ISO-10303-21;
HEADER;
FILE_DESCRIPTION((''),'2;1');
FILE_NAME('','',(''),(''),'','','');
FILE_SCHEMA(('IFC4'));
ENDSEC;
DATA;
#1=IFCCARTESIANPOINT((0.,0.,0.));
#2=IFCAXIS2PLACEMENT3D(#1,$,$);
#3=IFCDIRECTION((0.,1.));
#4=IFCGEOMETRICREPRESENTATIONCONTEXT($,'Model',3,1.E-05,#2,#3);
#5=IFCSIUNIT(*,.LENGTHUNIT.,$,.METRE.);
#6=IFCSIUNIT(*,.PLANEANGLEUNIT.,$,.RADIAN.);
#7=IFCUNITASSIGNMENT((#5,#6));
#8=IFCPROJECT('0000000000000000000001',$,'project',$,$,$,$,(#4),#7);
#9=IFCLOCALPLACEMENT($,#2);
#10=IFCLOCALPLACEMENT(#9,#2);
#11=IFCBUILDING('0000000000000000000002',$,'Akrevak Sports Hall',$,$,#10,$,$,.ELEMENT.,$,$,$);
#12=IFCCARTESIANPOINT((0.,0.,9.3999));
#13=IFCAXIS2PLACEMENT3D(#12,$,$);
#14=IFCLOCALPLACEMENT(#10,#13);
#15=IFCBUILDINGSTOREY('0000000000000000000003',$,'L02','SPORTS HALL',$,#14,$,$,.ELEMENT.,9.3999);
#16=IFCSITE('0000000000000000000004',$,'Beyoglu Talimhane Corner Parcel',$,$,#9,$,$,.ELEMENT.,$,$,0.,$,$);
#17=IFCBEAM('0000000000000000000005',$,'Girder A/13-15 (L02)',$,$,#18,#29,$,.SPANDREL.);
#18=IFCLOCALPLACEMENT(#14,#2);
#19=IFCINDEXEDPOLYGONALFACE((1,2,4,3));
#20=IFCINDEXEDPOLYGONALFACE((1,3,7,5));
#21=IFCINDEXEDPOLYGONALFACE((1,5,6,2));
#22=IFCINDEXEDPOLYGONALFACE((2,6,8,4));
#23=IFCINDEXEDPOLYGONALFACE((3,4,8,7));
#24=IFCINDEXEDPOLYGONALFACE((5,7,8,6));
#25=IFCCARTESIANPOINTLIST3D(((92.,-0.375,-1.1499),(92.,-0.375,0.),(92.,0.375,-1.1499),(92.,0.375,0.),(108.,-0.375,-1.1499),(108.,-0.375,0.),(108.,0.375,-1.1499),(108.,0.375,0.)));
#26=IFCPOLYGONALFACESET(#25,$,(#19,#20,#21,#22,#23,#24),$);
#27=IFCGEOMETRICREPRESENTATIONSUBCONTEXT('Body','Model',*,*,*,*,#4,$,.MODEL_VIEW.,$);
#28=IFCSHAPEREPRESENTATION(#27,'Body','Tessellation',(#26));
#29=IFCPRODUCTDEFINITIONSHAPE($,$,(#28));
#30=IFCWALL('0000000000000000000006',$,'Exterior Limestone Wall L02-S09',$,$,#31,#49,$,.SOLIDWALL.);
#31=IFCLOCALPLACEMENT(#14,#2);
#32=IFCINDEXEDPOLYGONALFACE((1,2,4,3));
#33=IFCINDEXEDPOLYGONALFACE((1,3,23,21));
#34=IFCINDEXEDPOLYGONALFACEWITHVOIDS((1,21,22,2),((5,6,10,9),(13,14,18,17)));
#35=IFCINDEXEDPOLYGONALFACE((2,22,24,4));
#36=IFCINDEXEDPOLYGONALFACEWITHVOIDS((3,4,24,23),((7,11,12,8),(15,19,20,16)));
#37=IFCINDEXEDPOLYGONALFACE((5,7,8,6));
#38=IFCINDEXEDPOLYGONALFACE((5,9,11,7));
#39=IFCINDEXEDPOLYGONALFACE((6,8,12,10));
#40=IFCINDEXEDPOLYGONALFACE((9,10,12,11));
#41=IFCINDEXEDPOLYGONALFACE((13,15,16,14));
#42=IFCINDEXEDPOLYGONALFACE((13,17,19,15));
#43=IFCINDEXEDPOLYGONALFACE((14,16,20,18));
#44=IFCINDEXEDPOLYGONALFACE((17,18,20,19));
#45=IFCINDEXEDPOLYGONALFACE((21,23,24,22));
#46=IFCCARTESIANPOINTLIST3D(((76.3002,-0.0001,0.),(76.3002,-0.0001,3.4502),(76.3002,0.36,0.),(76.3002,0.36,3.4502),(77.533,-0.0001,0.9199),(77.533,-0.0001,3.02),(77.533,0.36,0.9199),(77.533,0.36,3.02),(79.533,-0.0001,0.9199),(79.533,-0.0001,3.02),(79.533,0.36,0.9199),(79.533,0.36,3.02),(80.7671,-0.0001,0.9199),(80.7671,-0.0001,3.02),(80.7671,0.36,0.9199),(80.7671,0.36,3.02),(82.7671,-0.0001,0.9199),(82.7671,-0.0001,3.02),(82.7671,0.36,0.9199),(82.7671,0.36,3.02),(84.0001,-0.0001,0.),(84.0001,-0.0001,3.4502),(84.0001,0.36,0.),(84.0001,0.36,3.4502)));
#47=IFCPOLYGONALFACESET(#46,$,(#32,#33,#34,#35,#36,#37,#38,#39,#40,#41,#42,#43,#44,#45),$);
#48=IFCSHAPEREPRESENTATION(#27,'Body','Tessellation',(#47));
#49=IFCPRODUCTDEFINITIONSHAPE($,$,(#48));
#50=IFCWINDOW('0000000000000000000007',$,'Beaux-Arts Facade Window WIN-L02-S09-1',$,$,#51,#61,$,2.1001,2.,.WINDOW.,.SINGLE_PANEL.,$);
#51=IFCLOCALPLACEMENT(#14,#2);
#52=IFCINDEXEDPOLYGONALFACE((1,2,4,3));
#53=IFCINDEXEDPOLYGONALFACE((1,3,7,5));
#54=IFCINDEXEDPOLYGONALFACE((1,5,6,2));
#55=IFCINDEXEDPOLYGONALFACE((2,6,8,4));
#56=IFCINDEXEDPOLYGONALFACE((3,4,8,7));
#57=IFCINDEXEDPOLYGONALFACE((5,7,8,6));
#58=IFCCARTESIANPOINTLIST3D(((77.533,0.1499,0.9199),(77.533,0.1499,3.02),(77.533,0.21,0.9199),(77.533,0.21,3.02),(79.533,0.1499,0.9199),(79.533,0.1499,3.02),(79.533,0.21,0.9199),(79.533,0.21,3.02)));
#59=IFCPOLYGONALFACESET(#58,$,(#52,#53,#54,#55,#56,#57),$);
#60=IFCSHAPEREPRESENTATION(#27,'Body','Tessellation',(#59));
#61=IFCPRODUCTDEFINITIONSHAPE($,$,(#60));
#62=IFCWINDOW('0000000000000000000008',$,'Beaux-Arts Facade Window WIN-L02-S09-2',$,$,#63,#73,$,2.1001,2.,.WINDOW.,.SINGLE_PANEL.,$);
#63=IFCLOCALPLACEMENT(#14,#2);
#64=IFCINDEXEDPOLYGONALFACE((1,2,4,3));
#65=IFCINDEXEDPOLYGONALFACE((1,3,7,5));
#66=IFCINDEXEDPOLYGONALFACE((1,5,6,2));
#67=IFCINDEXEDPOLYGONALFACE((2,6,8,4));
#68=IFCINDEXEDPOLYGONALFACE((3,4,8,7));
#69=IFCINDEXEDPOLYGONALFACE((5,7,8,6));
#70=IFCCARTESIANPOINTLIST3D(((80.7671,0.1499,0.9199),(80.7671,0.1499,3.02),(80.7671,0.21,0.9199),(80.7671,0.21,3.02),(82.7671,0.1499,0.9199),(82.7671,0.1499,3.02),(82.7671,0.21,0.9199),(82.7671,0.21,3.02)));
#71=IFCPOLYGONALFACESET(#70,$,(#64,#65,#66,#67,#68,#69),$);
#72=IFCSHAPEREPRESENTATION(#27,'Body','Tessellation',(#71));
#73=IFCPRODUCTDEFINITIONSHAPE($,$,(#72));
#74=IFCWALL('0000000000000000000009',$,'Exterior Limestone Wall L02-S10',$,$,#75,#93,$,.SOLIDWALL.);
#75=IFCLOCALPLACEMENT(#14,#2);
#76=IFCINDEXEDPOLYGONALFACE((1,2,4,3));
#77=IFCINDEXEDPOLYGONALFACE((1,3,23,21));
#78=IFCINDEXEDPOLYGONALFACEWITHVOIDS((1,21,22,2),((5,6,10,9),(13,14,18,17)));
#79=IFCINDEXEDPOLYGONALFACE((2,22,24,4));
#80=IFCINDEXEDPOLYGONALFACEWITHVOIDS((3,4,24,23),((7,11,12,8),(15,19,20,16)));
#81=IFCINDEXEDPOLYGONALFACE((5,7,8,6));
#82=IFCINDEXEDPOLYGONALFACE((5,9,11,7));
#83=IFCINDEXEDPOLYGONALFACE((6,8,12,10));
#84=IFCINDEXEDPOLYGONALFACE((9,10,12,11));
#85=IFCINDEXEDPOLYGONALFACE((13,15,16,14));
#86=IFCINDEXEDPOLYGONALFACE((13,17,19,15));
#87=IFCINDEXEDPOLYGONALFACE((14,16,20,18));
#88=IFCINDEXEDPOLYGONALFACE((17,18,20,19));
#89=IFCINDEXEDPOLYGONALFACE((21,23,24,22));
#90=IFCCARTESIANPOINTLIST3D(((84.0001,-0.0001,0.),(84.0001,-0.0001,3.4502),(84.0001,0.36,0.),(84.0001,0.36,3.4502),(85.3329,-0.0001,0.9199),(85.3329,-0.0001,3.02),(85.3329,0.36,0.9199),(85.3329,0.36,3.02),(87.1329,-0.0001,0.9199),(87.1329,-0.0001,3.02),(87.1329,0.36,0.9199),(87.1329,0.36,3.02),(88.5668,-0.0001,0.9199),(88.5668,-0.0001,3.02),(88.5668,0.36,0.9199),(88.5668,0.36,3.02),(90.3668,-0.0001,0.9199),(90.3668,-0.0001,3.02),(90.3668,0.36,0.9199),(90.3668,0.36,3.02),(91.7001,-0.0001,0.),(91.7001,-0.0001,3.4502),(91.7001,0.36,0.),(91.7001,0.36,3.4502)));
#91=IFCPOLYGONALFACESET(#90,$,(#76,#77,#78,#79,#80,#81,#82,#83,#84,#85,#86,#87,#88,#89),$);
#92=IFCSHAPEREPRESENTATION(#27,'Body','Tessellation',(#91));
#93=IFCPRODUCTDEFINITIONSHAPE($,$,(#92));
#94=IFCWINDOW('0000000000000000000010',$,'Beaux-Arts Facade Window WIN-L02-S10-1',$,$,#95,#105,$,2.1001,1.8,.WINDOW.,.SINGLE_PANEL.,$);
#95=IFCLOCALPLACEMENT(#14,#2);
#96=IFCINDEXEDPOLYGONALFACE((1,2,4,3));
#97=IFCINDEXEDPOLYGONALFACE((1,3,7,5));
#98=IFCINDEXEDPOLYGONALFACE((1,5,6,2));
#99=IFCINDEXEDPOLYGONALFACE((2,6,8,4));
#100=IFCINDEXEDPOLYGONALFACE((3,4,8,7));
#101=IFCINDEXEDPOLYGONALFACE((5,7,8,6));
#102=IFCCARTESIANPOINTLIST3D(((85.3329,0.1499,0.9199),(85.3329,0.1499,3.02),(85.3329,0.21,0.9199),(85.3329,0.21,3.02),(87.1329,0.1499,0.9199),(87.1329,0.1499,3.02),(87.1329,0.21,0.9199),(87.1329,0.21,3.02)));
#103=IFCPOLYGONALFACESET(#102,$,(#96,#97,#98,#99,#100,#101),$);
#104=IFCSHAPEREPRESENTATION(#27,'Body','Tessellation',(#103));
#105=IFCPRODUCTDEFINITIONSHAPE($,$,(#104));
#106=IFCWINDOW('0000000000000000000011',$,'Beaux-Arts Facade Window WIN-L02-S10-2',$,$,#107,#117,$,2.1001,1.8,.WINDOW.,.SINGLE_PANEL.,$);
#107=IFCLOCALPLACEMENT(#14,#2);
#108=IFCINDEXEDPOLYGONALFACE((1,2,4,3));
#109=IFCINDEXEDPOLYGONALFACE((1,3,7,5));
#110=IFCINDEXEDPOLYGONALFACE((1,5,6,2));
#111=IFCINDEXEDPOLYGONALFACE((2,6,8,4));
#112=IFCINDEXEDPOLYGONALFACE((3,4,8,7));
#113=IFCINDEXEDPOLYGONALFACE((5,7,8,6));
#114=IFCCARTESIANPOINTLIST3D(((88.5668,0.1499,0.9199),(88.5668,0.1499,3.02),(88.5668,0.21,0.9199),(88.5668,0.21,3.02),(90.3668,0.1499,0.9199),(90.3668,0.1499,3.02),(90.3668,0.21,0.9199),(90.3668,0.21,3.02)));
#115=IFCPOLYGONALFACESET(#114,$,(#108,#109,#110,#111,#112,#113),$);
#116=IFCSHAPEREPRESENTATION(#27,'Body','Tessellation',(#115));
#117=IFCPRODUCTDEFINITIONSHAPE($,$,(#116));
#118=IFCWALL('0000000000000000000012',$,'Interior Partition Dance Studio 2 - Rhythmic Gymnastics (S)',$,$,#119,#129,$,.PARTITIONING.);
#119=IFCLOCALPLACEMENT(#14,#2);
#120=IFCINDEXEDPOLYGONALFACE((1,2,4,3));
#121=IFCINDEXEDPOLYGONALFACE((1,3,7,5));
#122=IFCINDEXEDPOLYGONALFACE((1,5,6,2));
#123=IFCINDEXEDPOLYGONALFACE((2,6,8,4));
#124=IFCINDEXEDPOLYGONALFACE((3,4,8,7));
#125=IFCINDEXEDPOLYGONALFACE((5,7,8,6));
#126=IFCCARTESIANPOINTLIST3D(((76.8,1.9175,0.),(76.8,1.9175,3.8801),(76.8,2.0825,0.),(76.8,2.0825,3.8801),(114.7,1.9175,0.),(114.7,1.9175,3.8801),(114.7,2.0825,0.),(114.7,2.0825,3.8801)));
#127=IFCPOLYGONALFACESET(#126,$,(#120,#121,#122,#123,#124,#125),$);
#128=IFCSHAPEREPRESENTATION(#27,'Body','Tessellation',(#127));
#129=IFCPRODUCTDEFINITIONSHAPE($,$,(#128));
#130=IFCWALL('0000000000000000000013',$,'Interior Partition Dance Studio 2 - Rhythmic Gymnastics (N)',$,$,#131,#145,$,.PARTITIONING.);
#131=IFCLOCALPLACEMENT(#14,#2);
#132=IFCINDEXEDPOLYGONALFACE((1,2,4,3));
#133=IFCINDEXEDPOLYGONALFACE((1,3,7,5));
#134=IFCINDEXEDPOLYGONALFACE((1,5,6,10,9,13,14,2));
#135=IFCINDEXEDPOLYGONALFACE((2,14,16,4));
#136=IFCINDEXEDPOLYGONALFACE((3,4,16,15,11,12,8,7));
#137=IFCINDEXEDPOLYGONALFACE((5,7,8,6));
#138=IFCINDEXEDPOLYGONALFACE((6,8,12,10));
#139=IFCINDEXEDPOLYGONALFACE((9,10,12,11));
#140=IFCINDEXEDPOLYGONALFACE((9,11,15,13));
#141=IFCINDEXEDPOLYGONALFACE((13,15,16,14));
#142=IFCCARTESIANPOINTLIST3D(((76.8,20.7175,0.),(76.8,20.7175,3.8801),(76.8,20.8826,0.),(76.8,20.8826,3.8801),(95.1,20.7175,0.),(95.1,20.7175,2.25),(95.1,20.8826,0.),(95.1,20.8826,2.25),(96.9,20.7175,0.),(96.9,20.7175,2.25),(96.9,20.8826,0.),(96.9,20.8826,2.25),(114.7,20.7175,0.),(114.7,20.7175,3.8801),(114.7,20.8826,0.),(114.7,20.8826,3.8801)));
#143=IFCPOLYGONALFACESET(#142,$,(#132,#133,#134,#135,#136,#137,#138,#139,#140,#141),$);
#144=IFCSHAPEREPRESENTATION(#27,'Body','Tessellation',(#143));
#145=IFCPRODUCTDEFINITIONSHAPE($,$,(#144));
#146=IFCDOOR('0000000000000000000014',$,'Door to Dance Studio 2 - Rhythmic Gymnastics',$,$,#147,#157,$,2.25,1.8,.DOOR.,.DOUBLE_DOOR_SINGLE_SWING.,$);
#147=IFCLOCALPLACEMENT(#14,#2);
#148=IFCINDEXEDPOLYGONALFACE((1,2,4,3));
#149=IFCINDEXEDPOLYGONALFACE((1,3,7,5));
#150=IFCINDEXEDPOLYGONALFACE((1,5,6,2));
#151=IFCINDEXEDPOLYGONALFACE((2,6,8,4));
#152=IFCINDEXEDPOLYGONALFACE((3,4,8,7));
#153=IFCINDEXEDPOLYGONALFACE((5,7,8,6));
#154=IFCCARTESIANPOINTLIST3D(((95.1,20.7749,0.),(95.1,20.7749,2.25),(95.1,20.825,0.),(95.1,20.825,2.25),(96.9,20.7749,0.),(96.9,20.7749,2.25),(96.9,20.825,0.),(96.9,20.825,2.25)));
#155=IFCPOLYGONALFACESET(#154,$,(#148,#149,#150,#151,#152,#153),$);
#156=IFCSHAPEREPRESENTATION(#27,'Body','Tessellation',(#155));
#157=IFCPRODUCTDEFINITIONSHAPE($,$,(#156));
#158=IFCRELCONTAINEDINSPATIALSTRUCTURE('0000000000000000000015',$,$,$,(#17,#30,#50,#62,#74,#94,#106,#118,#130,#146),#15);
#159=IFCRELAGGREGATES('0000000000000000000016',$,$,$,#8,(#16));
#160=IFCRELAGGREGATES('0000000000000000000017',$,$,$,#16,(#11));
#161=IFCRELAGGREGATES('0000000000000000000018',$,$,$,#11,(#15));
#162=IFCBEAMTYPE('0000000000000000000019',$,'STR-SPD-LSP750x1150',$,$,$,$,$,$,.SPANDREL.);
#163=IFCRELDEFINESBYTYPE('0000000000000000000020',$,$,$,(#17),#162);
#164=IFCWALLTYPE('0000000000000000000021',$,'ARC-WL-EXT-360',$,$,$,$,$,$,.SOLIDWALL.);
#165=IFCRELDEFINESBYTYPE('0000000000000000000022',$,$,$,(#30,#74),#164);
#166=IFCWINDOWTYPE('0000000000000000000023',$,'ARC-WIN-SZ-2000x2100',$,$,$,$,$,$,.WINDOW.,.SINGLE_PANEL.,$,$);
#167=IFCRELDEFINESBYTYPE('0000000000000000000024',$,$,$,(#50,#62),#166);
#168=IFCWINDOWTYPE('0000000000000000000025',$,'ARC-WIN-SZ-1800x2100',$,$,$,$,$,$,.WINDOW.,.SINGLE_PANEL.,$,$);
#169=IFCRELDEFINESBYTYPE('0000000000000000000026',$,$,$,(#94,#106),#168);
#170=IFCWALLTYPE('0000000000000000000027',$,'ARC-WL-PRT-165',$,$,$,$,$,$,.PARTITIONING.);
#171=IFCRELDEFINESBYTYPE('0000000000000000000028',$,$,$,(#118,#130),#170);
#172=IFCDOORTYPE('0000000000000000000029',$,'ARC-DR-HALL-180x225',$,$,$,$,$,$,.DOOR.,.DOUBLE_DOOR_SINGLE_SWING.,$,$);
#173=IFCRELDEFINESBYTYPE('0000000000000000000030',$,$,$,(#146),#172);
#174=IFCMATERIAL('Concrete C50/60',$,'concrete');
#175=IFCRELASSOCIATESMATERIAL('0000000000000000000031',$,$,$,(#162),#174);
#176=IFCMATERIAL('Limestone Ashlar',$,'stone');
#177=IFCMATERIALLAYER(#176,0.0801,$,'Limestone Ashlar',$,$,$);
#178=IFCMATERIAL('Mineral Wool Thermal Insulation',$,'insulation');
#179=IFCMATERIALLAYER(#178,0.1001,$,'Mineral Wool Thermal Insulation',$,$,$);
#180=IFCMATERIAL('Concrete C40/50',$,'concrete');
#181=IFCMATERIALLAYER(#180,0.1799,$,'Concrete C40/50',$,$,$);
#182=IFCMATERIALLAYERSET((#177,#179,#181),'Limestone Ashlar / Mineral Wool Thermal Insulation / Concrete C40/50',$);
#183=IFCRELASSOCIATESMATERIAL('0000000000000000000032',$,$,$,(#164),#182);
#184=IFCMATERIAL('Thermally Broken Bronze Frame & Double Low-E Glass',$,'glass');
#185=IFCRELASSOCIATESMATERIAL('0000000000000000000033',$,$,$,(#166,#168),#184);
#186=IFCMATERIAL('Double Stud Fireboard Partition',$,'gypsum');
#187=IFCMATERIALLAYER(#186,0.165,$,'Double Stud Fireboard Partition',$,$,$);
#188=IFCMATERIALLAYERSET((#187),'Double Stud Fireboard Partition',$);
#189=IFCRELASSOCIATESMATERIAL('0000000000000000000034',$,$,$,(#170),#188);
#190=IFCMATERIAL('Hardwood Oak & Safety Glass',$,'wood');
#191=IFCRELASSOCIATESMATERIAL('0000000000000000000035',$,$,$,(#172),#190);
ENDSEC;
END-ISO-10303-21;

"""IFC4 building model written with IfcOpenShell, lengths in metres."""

from ifc_helpers import new_model, si_unit, direction, frame, frame_2d, origin, origin_2d, place, context, subcontext, project, spatial, rectangle, extrude, material, layer, layer_set, material_profile, profile_set, type_object, element, fill, save


model = new_model("IFC4")

# Units and contexts
model_context = context("Model", 3, precision=1e-05, world=origin(), true_north=direction((0.0, 1.0)))
body_context = subcontext(model_context, "Body", "Model", "MODEL_VIEW")
ifc_project = project(units=[si_unit("LENGTHUNIT", "METRE"), si_unit("PLANEANGLEUNIT", "RADIAN")], contexts=[model_context])

# Site, building, storey
site_placement = place(None, origin())
site = spatial("IfcSite", under=ifc_project, at=site_placement, Name="Beyoglu Talimhane Corner Parcel", CompositionType="ELEMENT", RefElevation=0.0)
building_placement = place(site_placement, origin())
building = spatial("IfcBuilding", under=site, at=building_placement, Name="Akrevak Sports Hall", CompositionType="ELEMENT")
storey_placement = place(building_placement, frame((0.0, 0.0, 9.3999)))
storey = spatial("IfcBuildingStorey", under=building, at=storey_placement, Name="L02", Description="SPORTS HALL", CompositionType="ELEMENT", Elevation=9.3999)

# Shared definitions
ifc_material_1 = material(Name="Concrete C50/60", Category="concrete")
ifc_material_2 = material(Name="Concrete C40/50", Category="concrete")

# Beam
ifc_material_profile_1 = material_profile(ifc_material_1, rectangle(XDim=0.75, YDim=1.1499, at=origin_2d()), Name="SPD 750x1150", Category="concrete")
ifc_profile_set_1 = profile_set([ifc_material_profile_1], Name="Concrete C50/60")
beam_type_1 = type_object("IfcBeamType", Name="STR-SPD-LSP750x1150", PredefinedType="SPANDREL", material=ifc_profile_set_1)
beam_1_placement = place(storey_placement, frame((92.0, 0.0, -0.575), z_axis=(1.0, 0.0, 0.0), x_axis=(0.0, 1.0, 0.0)))
element("IfcBeam", 1, at=beam_1_placement, inside=storey, type_object=beam_type_1, Name="Girder A/13-15 (L02)", PredefinedType="SPANDREL", context=body_context, shape_type="SweptSolid", body=[
    extrude(rectangle(XDim=0.75, YDim=1.1499, at=origin_2d()), origin(), (0.0, 0.0, 1.0), 16.0),
])

# Walls, openings, windows
ifc_material_3 = material(Name="Limestone Ashlar", Category="stone")
ifc_layer_1 = layer(ifc_material_3, 0.0801, Name="Limestone Ashlar")
ifc_material_4 = material(Name="Mineral Wool Thermal Insulation", Category="insulation")
ifc_layer_2 = layer(ifc_material_4, 0.1001, Name="Mineral Wool Thermal Insulation")
ifc_layer_3 = layer(ifc_material_2, 0.1799, Name="Concrete C40/50")
ifc_layer_set_1 = layer_set([ifc_layer_1, ifc_layer_2, ifc_layer_3], Name="Limestone Ashlar / Mineral Wool Thermal Insulation / Concrete C40/50")
wall_type_1 = type_object("IfcWallType", Name="ARC-WL-EXT-360", PredefinedType="SOLIDWALL", material=ifc_layer_set_1)
wall_1_placement = place(storey_placement, frame((76.3, 0.1799, 0.0), z_axis=(0.0, 0.0, 1.0), x_axis=(1.0, 0.0, 0.0)))
wall_1 = element("IfcWall", 2, at=wall_1_placement, inside=storey, type_object=wall_type_1, Name="Exterior Limestone Wall L02-S09", PredefinedType="SOLIDWALL", context=body_context, shape_type="SweptSolid", body=[
    extrude(rectangle(XDim=7.7, YDim=0.3601, at=frame_2d((3.8501, 0.0))), origin(), (0.0, 0.0, 1.0), 3.4502),
])
opening_1_placement = place(wall_1_placement, frame((1.2329, 0.0, 0.9199)))
opening_1 = element("IfcOpeningElement", 3, at=opening_1_placement, cuts=wall_1, PredefinedType="OPENING", context=body_context, shape_type="SweptSolid", body=[
    extrude(rectangle(XDim=2.0, YDim=2.1001, at=frame_2d((1.0, 1.05))), frame((0.0, 0.1919, 0.0), z_axis=(0.0, -1.0, 0.0), x_axis=(1.0, 0.0, 0.0)), (0.0, 0.0, 1.0), 0.384),
])
opening_2_placement = place(wall_1_placement, frame((4.467, 0.0, 0.9199)))
opening_2 = element("IfcOpeningElement", 4, at=opening_2_placement, cuts=wall_1, PredefinedType="OPENING", context=body_context, shape_type="SweptSolid", body=[
    extrude(rectangle(XDim=2.0, YDim=2.1001, at=frame_2d((1.0, 1.05))), frame((0.0, 0.1919, 0.0), z_axis=(0.0, -1.0, 0.0), x_axis=(1.0, 0.0, 0.0)), (0.0, 0.0, 1.0), 0.384),
])
ifc_material_5 = material(Name="Thermally Broken Bronze Frame & Double Low-E Glass", Category="glass")
window_type_1 = type_object("IfcWindowType", Name="ARC-WIN-SZ-2000x2100", PartitioningType="SINGLE_PANEL", PredefinedType="WINDOW", material=ifc_material_5)
window_1_placement = place(opening_1_placement, origin())
window_1 = element("IfcWindow", 5, at=window_1_placement, inside=storey, type_object=window_type_1, Name="Beaux-Arts Facade Window WIN-L02-S09-1", OverallHeight=2.1001, OverallWidth=2.0, PartitioningType="SINGLE_PANEL", PredefinedType="WINDOW", context=body_context, shape_type="SweptSolid", body=[
    extrude(rectangle(XDim=2.0, YDim=2.1001, at=frame_2d((1.0, 1.05))), frame((0.0, 0.03, 0.0), z_axis=(0.0, -1.0, 0.0), x_axis=(1.0, 0.0, 0.0)), (0.0, 0.0, 1.0), 0.0601),
])
fill(opening_1, window_1)
window_2_placement = place(opening_2_placement, origin())
window_2 = element("IfcWindow", 6, at=window_2_placement, inside=storey, type_object=window_type_1, Name="Beaux-Arts Facade Window WIN-L02-S09-2", OverallHeight=2.1001, OverallWidth=2.0, PartitioningType="SINGLE_PANEL", PredefinedType="WINDOW", context=body_context, shape_type="SweptSolid", body=[
    extrude(rectangle(XDim=2.0, YDim=2.1001, at=frame_2d((1.0, 1.05))), frame((0.0, 0.03, 0.0), z_axis=(0.0, -1.0, 0.0), x_axis=(1.0, 0.0, 0.0)), (0.0, 0.0, 1.0), 0.0601),
])
fill(opening_2, window_2)
wall_2_placement = place(storey_placement, frame((84.0, 0.1799, 0.0), z_axis=(0.0, 0.0, 1.0), x_axis=(1.0, 0.0, 0.0)))
wall_2 = element("IfcWall", 7, at=wall_2_placement, inside=storey, type_object=wall_type_1, Name="Exterior Limestone Wall L02-S10", PredefinedType="SOLIDWALL", context=body_context, shape_type="SweptSolid", body=[
    extrude(rectangle(XDim=7.7, YDim=0.3601, at=frame_2d((3.8501, 0.0))), origin(), (0.0, 0.0, 1.0), 3.4502),
])
opening_3_placement = place(wall_2_placement, frame((1.333, 0.0, 0.9199)))
opening_3 = element("IfcOpeningElement", 8, at=opening_3_placement, cuts=wall_2, PredefinedType="OPENING", context=body_context, shape_type="SweptSolid", body=[
    extrude(rectangle(XDim=1.8, YDim=2.1001, at=frame_2d((0.8999, 1.05))), frame((0.0, 0.1919, 0.0), z_axis=(0.0, -1.0, 0.0), x_axis=(1.0, 0.0, 0.0)), (0.0, 0.0, 1.0), 0.384),
])
opening_4_placement = place(wall_2_placement, frame((4.5669, 0.0, 0.9199)))
opening_4 = element("IfcOpeningElement", 9, at=opening_4_placement, cuts=wall_2, PredefinedType="OPENING", context=body_context, shape_type="SweptSolid", body=[
    extrude(rectangle(XDim=1.8, YDim=2.1001, at=frame_2d((0.8999, 1.05))), frame((0.0, 0.1919, 0.0), z_axis=(0.0, -1.0, 0.0), x_axis=(1.0, 0.0, 0.0)), (0.0, 0.0, 1.0), 0.384),
])
window_type_2 = type_object("IfcWindowType", Name="ARC-WIN-SZ-1800x2100", PartitioningType="SINGLE_PANEL", PredefinedType="WINDOW", material=ifc_material_5)
window_3_placement = place(opening_3_placement, origin())
window_3 = element("IfcWindow", 10, at=window_3_placement, inside=storey, type_object=window_type_2, Name="Beaux-Arts Facade Window WIN-L02-S10-1", OverallHeight=2.1001, OverallWidth=1.8, PartitioningType="SINGLE_PANEL", PredefinedType="WINDOW", context=body_context, shape_type="SweptSolid", body=[
    extrude(rectangle(XDim=1.8, YDim=2.1001, at=frame_2d((0.8999, 1.05))), frame((0.0, 0.03, 0.0), z_axis=(0.0, -1.0, 0.0), x_axis=(1.0, 0.0, 0.0)), (0.0, 0.0, 1.0), 0.0601),
])
fill(opening_3, window_3)
window_4_placement = place(opening_4_placement, origin())
window_4 = element("IfcWindow", 11, at=window_4_placement, inside=storey, type_object=window_type_2, Name="Beaux-Arts Facade Window WIN-L02-S10-2", OverallHeight=2.1001, OverallWidth=1.8, PartitioningType="SINGLE_PANEL", PredefinedType="WINDOW", context=body_context, shape_type="SweptSolid", body=[
    extrude(rectangle(XDim=1.8, YDim=2.1001, at=frame_2d((0.8999, 1.05))), frame((0.0, 0.03, 0.0), z_axis=(0.0, -1.0, 0.0), x_axis=(1.0, 0.0, 0.0)), (0.0, 0.0, 1.0), 0.0601),
])
fill(opening_4, window_4)

# Wall
ifc_material_6 = material(Name="Double Stud Fireboard Partition", Category="gypsum")
ifc_layer_4 = layer(ifc_material_6, 0.165, Name="Double Stud Fireboard Partition")
ifc_layer_set_2 = layer_set([ifc_layer_4], Name="Double Stud Fireboard Partition")
wall_type_2 = type_object("IfcWallType", Name="ARC-WL-PRT-165", PredefinedType="PARTITIONING", material=ifc_layer_set_2)
wall_3_placement = place(storey_placement, frame((76.8, 2.0, 0.0), z_axis=(0.0, 0.0, 1.0), x_axis=(1.0, 0.0, 0.0)))
element("IfcWall", 12, at=wall_3_placement, inside=storey, type_object=wall_type_2, Name="Interior Partition Dance Studio 2 - Rhythmic Gymnastics (S)", PredefinedType="PARTITIONING", context=body_context, shape_type="SweptSolid", body=[
    extrude(rectangle(XDim=37.8999, YDim=0.165, at=frame_2d((18.95, 0.0))), origin(), (0.0, 0.0, 1.0), 3.8801),
])

# Wall, opening, door
wall_4_placement = place(storey_placement, frame((76.8, 20.8, 0.0), z_axis=(0.0, 0.0, 1.0), x_axis=(1.0, 0.0, 0.0)))
wall_4 = element("IfcWall", 13, at=wall_4_placement, inside=storey, type_object=wall_type_2, Name="Interior Partition Dance Studio 2 - Rhythmic Gymnastics (N)", PredefinedType="PARTITIONING", context=body_context, shape_type="SweptSolid", body=[
    extrude(rectangle(XDim=37.8999, YDim=0.165, at=frame_2d((18.95, 0.0))), origin(), (0.0, 0.0, 1.0), 3.8801),
])
opening_5_placement = place(wall_4_placement, frame((18.3, 0.0, 0.0)))
opening_5 = element("IfcOpeningElement", 14, at=opening_5_placement, cuts=wall_4, PredefinedType="OPENING", context=body_context, shape_type="SweptSolid", body=[
    extrude(rectangle(XDim=1.8, YDim=2.25, at=frame_2d((0.8999, 1.125))), frame((0.0, 0.0945, 0.0), z_axis=(0.0, -1.0, 0.0), x_axis=(1.0, 0.0, 0.0)), (0.0, 0.0, 1.0), 0.189),
])
ifc_material_7 = material(Name="Hardwood Oak & Safety Glass", Category="wood")
door_type = type_object("IfcDoorType", Name="ARC-DR-HALL-180x225", OperationType="DOUBLE_DOOR_SINGLE_SWING", PredefinedType="DOOR", material=ifc_material_7)
door_placement = place(opening_5_placement, origin())
door = element("IfcDoor", 15, at=door_placement, inside=storey, type_object=door_type, Name="Door to Dance Studio 2 - Rhythmic Gymnastics", OperationType="DOUBLE_DOOR_SINGLE_SWING", OverallHeight=2.25, OverallWidth=1.8, PredefinedType="DOOR", context=body_context, shape_type="SweptSolid", body=[
    extrude(rectangle(XDim=1.8, YDim=2.25, at=frame_2d((0.8999, 1.125))), frame((0.0, 0.0249, 0.0), z_axis=(0.0, -1.0, 0.0), x_axis=(1.0, 0.0, 0.0)), (0.0, 0.0, 1.0), 0.05),
])
fill(opening_5, door)

save(model, "model.ifc")
